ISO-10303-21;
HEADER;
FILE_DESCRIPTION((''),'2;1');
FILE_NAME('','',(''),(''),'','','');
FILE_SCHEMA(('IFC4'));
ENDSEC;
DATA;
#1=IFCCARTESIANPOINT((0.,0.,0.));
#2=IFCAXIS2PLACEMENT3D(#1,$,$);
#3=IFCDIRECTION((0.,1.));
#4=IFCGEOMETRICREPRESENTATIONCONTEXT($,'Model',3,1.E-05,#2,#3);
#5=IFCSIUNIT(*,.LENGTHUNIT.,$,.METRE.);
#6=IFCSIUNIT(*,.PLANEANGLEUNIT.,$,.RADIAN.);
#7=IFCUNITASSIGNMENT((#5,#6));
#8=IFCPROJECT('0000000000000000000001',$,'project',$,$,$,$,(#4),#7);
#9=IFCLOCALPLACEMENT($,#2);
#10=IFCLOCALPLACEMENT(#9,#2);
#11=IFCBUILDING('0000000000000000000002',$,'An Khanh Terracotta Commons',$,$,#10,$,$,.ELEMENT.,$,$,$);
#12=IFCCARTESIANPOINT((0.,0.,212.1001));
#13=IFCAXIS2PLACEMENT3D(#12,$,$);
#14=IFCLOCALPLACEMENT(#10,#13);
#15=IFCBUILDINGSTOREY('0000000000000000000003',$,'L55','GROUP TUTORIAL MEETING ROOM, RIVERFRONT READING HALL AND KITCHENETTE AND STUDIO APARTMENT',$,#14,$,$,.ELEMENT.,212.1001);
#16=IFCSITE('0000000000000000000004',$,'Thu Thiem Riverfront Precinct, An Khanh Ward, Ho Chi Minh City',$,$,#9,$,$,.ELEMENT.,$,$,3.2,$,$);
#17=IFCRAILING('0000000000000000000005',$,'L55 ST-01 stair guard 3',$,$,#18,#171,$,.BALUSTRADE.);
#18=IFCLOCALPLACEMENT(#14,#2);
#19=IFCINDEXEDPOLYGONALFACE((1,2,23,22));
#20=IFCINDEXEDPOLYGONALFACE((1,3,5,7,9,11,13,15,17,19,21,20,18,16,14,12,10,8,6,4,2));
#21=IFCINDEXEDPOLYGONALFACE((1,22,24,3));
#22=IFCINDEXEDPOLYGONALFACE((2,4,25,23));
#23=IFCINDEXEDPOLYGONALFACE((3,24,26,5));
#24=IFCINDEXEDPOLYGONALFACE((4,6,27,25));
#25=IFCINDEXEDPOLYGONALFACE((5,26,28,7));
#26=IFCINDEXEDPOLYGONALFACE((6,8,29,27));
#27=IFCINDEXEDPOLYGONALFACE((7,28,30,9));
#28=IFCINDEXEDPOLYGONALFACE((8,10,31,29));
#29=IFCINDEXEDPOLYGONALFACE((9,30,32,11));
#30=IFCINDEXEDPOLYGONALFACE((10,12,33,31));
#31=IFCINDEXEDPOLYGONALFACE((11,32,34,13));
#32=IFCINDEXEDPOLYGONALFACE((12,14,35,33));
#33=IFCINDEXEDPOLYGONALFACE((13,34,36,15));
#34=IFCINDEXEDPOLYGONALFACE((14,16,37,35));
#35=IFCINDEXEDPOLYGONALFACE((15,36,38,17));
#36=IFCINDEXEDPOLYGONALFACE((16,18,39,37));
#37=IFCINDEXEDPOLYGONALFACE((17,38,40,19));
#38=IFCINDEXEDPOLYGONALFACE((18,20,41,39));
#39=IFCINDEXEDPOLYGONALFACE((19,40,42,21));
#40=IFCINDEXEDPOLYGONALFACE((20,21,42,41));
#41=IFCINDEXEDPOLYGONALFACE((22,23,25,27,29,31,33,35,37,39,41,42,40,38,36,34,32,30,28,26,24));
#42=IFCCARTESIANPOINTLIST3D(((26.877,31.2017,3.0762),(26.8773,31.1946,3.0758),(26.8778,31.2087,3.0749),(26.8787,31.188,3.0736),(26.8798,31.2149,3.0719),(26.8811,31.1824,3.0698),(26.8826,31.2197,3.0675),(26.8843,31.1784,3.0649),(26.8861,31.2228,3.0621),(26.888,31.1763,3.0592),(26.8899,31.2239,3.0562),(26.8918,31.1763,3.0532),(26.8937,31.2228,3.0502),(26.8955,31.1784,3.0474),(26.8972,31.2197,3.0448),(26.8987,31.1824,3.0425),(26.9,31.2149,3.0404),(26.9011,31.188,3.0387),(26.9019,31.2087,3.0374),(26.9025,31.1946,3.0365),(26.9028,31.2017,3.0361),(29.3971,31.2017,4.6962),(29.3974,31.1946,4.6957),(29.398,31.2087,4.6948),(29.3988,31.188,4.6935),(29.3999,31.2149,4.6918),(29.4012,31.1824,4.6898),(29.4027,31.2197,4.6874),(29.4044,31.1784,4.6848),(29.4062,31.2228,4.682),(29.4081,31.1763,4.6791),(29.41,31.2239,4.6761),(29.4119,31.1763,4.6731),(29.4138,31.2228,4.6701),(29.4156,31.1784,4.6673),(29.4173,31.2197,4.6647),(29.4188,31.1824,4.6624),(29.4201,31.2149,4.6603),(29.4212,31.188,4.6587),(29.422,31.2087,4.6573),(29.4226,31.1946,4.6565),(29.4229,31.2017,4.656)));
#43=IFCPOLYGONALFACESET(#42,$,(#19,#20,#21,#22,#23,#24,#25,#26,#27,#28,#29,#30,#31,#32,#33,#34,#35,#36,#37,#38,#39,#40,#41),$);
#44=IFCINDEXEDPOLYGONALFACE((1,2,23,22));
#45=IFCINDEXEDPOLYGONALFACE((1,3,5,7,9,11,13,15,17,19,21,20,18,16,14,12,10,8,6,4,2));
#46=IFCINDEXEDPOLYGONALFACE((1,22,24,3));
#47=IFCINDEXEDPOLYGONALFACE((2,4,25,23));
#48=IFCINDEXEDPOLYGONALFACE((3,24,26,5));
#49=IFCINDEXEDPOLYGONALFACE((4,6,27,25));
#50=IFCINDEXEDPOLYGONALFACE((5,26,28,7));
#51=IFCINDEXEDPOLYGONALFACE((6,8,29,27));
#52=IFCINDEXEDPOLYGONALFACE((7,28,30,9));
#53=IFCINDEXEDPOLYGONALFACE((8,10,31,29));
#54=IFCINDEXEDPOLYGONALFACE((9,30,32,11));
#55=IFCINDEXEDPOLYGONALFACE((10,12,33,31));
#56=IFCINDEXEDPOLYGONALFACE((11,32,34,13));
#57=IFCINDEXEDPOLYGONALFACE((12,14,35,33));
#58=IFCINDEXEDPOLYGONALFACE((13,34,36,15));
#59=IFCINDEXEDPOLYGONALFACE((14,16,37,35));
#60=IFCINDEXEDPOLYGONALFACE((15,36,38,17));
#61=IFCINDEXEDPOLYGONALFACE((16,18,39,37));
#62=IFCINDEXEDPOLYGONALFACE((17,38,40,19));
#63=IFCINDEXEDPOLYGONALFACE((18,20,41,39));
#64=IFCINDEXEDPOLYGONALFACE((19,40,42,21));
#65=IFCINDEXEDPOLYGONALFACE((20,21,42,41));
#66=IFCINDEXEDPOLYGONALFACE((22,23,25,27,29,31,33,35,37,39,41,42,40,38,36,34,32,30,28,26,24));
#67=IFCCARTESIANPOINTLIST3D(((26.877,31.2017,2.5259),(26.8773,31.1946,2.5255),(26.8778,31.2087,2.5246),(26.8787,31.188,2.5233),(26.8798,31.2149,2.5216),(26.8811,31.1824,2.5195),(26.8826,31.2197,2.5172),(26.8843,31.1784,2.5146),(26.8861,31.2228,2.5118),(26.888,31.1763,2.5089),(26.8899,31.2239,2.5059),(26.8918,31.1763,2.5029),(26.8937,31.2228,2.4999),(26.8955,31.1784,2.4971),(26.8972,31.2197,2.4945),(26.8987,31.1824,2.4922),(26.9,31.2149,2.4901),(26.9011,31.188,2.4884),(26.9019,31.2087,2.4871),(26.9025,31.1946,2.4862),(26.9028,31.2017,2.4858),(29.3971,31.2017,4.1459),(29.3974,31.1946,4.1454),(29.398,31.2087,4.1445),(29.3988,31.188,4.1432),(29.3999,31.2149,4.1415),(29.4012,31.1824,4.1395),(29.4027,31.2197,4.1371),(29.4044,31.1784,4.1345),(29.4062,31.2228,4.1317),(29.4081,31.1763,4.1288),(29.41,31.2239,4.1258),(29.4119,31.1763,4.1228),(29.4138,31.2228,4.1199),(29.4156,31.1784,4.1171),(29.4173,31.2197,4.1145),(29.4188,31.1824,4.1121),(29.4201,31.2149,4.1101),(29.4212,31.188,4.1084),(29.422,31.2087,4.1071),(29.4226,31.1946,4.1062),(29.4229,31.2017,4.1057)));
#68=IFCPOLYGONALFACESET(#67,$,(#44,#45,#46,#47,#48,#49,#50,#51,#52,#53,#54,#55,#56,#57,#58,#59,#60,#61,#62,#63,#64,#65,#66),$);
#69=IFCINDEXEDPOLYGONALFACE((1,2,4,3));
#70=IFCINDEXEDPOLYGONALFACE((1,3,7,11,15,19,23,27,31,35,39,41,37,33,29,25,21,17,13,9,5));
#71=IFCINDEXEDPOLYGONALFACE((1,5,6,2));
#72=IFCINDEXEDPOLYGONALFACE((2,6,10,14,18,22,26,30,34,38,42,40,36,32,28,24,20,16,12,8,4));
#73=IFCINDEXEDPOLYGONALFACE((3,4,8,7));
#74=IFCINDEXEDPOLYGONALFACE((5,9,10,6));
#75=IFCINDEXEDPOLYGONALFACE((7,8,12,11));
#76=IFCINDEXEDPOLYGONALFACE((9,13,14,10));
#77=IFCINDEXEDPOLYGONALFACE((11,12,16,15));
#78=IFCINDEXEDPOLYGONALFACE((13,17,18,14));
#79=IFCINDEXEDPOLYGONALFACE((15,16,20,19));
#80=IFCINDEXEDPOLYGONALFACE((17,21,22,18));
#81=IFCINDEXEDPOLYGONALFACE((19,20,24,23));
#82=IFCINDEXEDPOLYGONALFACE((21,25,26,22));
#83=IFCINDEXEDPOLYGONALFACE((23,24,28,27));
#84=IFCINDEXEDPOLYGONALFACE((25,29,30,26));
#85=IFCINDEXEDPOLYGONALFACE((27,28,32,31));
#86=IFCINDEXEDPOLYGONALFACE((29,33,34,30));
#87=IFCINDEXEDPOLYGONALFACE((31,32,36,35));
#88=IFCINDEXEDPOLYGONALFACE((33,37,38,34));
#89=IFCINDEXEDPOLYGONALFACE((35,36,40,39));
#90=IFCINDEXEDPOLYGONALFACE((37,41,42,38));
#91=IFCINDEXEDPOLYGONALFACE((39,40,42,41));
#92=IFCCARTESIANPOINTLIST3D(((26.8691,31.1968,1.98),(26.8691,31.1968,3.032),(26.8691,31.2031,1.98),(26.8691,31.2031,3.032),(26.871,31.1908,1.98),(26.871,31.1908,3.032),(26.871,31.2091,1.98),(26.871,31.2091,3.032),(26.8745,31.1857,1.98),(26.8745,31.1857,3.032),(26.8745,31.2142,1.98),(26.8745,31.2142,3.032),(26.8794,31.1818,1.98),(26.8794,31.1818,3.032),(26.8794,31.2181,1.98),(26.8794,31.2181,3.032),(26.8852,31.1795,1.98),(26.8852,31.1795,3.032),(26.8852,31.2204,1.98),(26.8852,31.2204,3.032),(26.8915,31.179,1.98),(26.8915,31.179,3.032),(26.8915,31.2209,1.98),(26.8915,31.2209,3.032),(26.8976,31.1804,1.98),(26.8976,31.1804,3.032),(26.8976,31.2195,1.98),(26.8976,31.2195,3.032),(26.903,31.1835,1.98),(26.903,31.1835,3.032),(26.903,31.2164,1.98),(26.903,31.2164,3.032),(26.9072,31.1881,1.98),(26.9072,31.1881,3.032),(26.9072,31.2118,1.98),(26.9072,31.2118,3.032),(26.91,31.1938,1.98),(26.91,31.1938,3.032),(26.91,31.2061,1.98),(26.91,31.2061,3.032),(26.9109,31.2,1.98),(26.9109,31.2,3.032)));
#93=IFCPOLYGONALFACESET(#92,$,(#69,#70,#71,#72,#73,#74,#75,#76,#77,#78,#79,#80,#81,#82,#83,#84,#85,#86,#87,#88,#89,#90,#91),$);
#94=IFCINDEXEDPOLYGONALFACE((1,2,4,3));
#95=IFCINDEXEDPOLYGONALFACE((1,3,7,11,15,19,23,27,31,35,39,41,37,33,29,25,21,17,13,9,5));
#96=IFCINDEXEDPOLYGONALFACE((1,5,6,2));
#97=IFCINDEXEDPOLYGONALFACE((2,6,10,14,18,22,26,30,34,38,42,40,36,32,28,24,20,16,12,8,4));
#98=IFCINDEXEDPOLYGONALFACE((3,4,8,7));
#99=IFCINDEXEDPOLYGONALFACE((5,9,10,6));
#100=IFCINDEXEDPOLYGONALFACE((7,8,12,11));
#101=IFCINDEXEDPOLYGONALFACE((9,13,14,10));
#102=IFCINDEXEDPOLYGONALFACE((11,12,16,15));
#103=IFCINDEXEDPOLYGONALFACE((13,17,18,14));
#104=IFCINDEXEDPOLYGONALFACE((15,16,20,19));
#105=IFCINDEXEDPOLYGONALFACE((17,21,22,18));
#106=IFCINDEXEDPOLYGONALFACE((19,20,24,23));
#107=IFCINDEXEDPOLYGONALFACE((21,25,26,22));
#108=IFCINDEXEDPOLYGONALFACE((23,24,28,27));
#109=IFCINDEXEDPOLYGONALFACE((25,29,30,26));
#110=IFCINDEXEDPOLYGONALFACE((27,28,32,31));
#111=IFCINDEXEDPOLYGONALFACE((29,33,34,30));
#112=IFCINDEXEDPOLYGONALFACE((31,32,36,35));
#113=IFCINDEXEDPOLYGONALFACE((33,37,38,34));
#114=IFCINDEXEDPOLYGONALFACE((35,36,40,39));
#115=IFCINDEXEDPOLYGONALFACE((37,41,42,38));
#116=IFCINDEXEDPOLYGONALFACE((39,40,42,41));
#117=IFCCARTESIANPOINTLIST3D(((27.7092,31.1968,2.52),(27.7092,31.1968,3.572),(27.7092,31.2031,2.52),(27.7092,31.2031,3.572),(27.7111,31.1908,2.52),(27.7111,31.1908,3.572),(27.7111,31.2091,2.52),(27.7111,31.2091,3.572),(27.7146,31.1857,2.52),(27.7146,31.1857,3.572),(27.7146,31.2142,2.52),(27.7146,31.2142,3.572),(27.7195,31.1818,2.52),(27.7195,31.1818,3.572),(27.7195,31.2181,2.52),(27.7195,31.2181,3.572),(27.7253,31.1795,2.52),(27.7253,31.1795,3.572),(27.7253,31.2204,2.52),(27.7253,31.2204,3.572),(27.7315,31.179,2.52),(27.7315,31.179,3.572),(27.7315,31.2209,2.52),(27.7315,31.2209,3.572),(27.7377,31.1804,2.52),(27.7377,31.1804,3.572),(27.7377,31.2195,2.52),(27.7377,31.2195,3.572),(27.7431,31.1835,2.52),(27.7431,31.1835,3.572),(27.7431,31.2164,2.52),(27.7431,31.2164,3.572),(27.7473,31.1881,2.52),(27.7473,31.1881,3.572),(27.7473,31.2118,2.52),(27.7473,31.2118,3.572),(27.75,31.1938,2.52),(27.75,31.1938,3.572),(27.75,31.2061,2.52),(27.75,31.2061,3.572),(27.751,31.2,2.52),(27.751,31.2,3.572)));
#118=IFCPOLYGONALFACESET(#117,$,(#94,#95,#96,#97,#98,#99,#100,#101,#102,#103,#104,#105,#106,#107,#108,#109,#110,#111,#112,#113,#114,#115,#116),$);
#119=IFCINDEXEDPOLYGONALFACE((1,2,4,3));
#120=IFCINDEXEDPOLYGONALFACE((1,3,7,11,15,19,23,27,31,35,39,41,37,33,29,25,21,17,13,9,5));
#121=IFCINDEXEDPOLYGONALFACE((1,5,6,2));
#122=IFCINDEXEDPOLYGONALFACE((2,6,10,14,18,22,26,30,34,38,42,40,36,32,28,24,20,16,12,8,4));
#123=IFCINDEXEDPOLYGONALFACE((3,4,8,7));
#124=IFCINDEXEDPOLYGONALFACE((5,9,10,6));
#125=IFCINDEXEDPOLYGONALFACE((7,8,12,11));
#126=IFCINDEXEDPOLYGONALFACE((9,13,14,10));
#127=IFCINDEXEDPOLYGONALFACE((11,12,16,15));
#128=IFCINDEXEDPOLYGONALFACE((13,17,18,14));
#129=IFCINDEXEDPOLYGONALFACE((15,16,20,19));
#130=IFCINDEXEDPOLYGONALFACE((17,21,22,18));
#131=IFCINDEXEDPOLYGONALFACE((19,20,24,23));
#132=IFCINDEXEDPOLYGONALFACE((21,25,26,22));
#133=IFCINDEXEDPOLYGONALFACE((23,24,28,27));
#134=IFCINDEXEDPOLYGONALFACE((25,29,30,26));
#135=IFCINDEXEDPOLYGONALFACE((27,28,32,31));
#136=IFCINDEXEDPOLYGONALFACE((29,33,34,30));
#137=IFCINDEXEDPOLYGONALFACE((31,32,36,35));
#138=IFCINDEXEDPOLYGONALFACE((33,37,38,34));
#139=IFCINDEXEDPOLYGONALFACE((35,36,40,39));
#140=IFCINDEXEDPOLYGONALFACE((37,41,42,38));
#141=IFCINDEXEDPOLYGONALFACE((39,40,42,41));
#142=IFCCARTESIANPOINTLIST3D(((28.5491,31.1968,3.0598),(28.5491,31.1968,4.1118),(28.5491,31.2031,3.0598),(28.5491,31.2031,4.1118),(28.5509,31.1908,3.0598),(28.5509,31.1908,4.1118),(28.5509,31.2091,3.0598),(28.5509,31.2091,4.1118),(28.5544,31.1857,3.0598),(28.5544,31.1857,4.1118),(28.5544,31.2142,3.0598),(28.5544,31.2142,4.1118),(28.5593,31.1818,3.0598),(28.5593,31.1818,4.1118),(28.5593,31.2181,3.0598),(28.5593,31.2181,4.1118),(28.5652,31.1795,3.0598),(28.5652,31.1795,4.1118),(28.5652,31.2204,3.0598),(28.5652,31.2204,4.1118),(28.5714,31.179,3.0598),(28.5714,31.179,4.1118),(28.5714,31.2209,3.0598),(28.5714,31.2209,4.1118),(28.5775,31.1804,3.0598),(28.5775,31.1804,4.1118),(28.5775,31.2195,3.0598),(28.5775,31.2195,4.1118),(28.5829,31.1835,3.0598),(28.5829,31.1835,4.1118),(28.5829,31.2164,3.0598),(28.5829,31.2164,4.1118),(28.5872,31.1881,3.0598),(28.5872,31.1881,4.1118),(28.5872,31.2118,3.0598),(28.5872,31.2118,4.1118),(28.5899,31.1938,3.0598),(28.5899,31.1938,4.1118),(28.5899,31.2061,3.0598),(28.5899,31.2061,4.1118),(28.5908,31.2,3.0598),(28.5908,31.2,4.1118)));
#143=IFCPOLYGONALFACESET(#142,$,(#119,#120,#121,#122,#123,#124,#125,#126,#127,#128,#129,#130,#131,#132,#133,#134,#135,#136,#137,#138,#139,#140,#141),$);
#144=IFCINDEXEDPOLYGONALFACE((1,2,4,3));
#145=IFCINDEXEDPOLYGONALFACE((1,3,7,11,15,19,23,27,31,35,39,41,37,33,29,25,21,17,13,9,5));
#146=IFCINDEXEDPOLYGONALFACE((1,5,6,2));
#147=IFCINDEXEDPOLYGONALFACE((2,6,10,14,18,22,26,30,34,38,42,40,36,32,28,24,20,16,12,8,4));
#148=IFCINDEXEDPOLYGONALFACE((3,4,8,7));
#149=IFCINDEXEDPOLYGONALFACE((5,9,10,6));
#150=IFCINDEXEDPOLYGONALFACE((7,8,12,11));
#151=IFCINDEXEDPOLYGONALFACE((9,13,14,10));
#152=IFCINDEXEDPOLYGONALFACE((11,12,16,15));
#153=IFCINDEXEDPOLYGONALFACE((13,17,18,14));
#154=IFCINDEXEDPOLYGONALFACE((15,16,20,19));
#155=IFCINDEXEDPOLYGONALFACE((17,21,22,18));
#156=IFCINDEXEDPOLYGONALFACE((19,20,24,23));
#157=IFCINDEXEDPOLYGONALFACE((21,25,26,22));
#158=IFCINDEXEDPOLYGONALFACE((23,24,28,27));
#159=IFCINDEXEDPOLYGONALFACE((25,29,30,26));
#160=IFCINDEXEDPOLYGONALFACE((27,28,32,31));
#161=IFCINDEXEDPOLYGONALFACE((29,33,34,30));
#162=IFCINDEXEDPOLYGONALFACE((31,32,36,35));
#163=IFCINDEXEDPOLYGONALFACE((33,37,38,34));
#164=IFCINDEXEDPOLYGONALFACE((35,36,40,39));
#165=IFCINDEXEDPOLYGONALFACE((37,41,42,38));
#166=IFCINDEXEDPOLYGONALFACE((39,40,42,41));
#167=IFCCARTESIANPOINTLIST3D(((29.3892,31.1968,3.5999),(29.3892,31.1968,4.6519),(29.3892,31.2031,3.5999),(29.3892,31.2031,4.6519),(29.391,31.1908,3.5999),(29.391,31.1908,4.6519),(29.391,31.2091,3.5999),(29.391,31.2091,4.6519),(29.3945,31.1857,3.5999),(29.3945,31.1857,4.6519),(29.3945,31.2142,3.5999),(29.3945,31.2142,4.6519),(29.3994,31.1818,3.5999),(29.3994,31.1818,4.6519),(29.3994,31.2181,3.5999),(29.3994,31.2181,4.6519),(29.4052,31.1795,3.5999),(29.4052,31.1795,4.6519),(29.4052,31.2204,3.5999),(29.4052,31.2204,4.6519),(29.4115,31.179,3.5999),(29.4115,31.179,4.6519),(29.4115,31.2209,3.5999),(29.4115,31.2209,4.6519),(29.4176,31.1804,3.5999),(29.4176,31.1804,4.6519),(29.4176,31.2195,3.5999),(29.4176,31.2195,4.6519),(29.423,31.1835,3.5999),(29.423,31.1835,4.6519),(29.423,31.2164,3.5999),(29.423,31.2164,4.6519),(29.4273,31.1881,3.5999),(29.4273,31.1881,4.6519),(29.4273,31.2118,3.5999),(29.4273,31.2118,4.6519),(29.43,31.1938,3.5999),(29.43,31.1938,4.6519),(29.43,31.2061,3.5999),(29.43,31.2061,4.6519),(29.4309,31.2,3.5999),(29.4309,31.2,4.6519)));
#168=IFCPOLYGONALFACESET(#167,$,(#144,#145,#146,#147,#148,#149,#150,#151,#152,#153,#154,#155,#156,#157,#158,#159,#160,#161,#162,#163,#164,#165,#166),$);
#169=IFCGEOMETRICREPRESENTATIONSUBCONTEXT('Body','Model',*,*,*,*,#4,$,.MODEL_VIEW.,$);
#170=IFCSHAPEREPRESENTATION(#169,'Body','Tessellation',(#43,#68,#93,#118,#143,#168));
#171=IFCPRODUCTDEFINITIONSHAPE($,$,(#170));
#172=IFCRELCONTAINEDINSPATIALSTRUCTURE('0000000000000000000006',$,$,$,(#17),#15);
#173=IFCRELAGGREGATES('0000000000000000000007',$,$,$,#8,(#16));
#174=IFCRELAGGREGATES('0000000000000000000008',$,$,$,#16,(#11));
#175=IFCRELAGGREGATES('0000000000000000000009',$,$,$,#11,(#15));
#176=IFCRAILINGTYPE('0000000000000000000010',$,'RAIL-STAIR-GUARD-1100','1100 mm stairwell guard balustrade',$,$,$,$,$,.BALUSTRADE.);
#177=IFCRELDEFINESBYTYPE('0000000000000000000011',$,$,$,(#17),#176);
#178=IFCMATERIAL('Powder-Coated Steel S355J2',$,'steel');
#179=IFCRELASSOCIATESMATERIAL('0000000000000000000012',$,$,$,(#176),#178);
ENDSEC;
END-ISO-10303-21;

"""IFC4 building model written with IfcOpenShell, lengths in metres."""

from ifc_helpers import new_model, si_unit, direction, frame, origin, origin_2d, place, context, subcontext, project, spatial, circle, extrude, material, type_object, element, save


model = new_model("IFC4")

# Units and contexts
model_context = context("Model", 3, precision=1e-05, world=origin(), true_north=direction((0.0, 1.0)))
body_context = subcontext(model_context, "Body", "Model", "MODEL_VIEW")
ifc_project = project(units=[si_unit("LENGTHUNIT", "METRE"), si_unit("PLANEANGLEUNIT", "RADIAN")], contexts=[model_context])

# Site, building, storey
site_placement = place(None, origin())
site = spatial("IfcSite", under=ifc_project, at=site_placement, Name="Thu Thiem Riverfront Precinct, An Khanh Ward, Ho Chi Minh City", CompositionType="ELEMENT", RefElevation=3.2)
building_placement = place(site_placement, origin())
building = spatial("IfcBuilding", under=site, at=building_placement, Name="An Khanh Terracotta Commons", CompositionType="ELEMENT")
storey_placement = place(building_placement, frame((0.0, 0.0, 212.1001)))
storey = spatial("IfcBuildingStorey", under=building, at=storey_placement, Name="L55", Description="GROUP TUTORIAL MEETING ROOM, RIVERFRONT READING HALL AND KITCHENETTE AND STUDIO APARTMENT", CompositionType="ELEMENT", Elevation=212.1001)

# Railing
ifc_material_1 = material(Name="Powder-Coated Steel S355J2", Category="steel")
railing_type_1 = type_object("IfcRailingType", Name="RAIL-STAIR-GUARD-1100", Description="1100 mm stairwell guard balustrade", PredefinedType="BALUSTRADE", material=ifc_material_1)
railing_1_placement = place(storey_placement, frame((26.8899, 31.2, 1.98)))
element("IfcRailing", 1, at=railing_1_placement, inside=storey, type_object=railing_type_1, Name="L55 ST-01 stair guard 3", PredefinedType="BALUSTRADE", context=body_context, shape_type="SweptSolid", body=[
    extrude(circle(Radius=0.0239, at=origin_2d()), frame((0.0, 0.0, 1.0762), z_axis=(0.8412, 0.0, 0.540725), x_axis=(0.0, 1.0, 0.0)), (0.0, 0.0, 1.0), 2.9958),
    extrude(circle(Radius=0.0239, at=origin_2d()), frame((0.0, 0.0, 0.5259), z_axis=(0.8412, 0.0, 0.540725), x_axis=(0.0, 1.0, 0.0)), (0.0, 0.0, 1.0), 2.9958),
    extrude(circle(Radius=0.021, at=origin_2d()), origin(), (0.0, 0.0, 1.0), 1.052),
    extrude(circle(Radius=0.021, at=origin_2d()), frame((0.8401, 0.0, 0.54)), (0.0, 0.0, 1.0), 1.052),
    extrude(circle(Radius=0.021, at=origin_2d()), frame((1.6799, 0.0, 1.0798)), (0.0, 0.0, 1.0), 1.052),
    extrude(circle(Radius=0.021, at=origin_2d()), frame((2.52, 0.0, 1.6199)), (0.0, 0.0, 1.0), 1.052),
])

save(model, "model.ifc")
